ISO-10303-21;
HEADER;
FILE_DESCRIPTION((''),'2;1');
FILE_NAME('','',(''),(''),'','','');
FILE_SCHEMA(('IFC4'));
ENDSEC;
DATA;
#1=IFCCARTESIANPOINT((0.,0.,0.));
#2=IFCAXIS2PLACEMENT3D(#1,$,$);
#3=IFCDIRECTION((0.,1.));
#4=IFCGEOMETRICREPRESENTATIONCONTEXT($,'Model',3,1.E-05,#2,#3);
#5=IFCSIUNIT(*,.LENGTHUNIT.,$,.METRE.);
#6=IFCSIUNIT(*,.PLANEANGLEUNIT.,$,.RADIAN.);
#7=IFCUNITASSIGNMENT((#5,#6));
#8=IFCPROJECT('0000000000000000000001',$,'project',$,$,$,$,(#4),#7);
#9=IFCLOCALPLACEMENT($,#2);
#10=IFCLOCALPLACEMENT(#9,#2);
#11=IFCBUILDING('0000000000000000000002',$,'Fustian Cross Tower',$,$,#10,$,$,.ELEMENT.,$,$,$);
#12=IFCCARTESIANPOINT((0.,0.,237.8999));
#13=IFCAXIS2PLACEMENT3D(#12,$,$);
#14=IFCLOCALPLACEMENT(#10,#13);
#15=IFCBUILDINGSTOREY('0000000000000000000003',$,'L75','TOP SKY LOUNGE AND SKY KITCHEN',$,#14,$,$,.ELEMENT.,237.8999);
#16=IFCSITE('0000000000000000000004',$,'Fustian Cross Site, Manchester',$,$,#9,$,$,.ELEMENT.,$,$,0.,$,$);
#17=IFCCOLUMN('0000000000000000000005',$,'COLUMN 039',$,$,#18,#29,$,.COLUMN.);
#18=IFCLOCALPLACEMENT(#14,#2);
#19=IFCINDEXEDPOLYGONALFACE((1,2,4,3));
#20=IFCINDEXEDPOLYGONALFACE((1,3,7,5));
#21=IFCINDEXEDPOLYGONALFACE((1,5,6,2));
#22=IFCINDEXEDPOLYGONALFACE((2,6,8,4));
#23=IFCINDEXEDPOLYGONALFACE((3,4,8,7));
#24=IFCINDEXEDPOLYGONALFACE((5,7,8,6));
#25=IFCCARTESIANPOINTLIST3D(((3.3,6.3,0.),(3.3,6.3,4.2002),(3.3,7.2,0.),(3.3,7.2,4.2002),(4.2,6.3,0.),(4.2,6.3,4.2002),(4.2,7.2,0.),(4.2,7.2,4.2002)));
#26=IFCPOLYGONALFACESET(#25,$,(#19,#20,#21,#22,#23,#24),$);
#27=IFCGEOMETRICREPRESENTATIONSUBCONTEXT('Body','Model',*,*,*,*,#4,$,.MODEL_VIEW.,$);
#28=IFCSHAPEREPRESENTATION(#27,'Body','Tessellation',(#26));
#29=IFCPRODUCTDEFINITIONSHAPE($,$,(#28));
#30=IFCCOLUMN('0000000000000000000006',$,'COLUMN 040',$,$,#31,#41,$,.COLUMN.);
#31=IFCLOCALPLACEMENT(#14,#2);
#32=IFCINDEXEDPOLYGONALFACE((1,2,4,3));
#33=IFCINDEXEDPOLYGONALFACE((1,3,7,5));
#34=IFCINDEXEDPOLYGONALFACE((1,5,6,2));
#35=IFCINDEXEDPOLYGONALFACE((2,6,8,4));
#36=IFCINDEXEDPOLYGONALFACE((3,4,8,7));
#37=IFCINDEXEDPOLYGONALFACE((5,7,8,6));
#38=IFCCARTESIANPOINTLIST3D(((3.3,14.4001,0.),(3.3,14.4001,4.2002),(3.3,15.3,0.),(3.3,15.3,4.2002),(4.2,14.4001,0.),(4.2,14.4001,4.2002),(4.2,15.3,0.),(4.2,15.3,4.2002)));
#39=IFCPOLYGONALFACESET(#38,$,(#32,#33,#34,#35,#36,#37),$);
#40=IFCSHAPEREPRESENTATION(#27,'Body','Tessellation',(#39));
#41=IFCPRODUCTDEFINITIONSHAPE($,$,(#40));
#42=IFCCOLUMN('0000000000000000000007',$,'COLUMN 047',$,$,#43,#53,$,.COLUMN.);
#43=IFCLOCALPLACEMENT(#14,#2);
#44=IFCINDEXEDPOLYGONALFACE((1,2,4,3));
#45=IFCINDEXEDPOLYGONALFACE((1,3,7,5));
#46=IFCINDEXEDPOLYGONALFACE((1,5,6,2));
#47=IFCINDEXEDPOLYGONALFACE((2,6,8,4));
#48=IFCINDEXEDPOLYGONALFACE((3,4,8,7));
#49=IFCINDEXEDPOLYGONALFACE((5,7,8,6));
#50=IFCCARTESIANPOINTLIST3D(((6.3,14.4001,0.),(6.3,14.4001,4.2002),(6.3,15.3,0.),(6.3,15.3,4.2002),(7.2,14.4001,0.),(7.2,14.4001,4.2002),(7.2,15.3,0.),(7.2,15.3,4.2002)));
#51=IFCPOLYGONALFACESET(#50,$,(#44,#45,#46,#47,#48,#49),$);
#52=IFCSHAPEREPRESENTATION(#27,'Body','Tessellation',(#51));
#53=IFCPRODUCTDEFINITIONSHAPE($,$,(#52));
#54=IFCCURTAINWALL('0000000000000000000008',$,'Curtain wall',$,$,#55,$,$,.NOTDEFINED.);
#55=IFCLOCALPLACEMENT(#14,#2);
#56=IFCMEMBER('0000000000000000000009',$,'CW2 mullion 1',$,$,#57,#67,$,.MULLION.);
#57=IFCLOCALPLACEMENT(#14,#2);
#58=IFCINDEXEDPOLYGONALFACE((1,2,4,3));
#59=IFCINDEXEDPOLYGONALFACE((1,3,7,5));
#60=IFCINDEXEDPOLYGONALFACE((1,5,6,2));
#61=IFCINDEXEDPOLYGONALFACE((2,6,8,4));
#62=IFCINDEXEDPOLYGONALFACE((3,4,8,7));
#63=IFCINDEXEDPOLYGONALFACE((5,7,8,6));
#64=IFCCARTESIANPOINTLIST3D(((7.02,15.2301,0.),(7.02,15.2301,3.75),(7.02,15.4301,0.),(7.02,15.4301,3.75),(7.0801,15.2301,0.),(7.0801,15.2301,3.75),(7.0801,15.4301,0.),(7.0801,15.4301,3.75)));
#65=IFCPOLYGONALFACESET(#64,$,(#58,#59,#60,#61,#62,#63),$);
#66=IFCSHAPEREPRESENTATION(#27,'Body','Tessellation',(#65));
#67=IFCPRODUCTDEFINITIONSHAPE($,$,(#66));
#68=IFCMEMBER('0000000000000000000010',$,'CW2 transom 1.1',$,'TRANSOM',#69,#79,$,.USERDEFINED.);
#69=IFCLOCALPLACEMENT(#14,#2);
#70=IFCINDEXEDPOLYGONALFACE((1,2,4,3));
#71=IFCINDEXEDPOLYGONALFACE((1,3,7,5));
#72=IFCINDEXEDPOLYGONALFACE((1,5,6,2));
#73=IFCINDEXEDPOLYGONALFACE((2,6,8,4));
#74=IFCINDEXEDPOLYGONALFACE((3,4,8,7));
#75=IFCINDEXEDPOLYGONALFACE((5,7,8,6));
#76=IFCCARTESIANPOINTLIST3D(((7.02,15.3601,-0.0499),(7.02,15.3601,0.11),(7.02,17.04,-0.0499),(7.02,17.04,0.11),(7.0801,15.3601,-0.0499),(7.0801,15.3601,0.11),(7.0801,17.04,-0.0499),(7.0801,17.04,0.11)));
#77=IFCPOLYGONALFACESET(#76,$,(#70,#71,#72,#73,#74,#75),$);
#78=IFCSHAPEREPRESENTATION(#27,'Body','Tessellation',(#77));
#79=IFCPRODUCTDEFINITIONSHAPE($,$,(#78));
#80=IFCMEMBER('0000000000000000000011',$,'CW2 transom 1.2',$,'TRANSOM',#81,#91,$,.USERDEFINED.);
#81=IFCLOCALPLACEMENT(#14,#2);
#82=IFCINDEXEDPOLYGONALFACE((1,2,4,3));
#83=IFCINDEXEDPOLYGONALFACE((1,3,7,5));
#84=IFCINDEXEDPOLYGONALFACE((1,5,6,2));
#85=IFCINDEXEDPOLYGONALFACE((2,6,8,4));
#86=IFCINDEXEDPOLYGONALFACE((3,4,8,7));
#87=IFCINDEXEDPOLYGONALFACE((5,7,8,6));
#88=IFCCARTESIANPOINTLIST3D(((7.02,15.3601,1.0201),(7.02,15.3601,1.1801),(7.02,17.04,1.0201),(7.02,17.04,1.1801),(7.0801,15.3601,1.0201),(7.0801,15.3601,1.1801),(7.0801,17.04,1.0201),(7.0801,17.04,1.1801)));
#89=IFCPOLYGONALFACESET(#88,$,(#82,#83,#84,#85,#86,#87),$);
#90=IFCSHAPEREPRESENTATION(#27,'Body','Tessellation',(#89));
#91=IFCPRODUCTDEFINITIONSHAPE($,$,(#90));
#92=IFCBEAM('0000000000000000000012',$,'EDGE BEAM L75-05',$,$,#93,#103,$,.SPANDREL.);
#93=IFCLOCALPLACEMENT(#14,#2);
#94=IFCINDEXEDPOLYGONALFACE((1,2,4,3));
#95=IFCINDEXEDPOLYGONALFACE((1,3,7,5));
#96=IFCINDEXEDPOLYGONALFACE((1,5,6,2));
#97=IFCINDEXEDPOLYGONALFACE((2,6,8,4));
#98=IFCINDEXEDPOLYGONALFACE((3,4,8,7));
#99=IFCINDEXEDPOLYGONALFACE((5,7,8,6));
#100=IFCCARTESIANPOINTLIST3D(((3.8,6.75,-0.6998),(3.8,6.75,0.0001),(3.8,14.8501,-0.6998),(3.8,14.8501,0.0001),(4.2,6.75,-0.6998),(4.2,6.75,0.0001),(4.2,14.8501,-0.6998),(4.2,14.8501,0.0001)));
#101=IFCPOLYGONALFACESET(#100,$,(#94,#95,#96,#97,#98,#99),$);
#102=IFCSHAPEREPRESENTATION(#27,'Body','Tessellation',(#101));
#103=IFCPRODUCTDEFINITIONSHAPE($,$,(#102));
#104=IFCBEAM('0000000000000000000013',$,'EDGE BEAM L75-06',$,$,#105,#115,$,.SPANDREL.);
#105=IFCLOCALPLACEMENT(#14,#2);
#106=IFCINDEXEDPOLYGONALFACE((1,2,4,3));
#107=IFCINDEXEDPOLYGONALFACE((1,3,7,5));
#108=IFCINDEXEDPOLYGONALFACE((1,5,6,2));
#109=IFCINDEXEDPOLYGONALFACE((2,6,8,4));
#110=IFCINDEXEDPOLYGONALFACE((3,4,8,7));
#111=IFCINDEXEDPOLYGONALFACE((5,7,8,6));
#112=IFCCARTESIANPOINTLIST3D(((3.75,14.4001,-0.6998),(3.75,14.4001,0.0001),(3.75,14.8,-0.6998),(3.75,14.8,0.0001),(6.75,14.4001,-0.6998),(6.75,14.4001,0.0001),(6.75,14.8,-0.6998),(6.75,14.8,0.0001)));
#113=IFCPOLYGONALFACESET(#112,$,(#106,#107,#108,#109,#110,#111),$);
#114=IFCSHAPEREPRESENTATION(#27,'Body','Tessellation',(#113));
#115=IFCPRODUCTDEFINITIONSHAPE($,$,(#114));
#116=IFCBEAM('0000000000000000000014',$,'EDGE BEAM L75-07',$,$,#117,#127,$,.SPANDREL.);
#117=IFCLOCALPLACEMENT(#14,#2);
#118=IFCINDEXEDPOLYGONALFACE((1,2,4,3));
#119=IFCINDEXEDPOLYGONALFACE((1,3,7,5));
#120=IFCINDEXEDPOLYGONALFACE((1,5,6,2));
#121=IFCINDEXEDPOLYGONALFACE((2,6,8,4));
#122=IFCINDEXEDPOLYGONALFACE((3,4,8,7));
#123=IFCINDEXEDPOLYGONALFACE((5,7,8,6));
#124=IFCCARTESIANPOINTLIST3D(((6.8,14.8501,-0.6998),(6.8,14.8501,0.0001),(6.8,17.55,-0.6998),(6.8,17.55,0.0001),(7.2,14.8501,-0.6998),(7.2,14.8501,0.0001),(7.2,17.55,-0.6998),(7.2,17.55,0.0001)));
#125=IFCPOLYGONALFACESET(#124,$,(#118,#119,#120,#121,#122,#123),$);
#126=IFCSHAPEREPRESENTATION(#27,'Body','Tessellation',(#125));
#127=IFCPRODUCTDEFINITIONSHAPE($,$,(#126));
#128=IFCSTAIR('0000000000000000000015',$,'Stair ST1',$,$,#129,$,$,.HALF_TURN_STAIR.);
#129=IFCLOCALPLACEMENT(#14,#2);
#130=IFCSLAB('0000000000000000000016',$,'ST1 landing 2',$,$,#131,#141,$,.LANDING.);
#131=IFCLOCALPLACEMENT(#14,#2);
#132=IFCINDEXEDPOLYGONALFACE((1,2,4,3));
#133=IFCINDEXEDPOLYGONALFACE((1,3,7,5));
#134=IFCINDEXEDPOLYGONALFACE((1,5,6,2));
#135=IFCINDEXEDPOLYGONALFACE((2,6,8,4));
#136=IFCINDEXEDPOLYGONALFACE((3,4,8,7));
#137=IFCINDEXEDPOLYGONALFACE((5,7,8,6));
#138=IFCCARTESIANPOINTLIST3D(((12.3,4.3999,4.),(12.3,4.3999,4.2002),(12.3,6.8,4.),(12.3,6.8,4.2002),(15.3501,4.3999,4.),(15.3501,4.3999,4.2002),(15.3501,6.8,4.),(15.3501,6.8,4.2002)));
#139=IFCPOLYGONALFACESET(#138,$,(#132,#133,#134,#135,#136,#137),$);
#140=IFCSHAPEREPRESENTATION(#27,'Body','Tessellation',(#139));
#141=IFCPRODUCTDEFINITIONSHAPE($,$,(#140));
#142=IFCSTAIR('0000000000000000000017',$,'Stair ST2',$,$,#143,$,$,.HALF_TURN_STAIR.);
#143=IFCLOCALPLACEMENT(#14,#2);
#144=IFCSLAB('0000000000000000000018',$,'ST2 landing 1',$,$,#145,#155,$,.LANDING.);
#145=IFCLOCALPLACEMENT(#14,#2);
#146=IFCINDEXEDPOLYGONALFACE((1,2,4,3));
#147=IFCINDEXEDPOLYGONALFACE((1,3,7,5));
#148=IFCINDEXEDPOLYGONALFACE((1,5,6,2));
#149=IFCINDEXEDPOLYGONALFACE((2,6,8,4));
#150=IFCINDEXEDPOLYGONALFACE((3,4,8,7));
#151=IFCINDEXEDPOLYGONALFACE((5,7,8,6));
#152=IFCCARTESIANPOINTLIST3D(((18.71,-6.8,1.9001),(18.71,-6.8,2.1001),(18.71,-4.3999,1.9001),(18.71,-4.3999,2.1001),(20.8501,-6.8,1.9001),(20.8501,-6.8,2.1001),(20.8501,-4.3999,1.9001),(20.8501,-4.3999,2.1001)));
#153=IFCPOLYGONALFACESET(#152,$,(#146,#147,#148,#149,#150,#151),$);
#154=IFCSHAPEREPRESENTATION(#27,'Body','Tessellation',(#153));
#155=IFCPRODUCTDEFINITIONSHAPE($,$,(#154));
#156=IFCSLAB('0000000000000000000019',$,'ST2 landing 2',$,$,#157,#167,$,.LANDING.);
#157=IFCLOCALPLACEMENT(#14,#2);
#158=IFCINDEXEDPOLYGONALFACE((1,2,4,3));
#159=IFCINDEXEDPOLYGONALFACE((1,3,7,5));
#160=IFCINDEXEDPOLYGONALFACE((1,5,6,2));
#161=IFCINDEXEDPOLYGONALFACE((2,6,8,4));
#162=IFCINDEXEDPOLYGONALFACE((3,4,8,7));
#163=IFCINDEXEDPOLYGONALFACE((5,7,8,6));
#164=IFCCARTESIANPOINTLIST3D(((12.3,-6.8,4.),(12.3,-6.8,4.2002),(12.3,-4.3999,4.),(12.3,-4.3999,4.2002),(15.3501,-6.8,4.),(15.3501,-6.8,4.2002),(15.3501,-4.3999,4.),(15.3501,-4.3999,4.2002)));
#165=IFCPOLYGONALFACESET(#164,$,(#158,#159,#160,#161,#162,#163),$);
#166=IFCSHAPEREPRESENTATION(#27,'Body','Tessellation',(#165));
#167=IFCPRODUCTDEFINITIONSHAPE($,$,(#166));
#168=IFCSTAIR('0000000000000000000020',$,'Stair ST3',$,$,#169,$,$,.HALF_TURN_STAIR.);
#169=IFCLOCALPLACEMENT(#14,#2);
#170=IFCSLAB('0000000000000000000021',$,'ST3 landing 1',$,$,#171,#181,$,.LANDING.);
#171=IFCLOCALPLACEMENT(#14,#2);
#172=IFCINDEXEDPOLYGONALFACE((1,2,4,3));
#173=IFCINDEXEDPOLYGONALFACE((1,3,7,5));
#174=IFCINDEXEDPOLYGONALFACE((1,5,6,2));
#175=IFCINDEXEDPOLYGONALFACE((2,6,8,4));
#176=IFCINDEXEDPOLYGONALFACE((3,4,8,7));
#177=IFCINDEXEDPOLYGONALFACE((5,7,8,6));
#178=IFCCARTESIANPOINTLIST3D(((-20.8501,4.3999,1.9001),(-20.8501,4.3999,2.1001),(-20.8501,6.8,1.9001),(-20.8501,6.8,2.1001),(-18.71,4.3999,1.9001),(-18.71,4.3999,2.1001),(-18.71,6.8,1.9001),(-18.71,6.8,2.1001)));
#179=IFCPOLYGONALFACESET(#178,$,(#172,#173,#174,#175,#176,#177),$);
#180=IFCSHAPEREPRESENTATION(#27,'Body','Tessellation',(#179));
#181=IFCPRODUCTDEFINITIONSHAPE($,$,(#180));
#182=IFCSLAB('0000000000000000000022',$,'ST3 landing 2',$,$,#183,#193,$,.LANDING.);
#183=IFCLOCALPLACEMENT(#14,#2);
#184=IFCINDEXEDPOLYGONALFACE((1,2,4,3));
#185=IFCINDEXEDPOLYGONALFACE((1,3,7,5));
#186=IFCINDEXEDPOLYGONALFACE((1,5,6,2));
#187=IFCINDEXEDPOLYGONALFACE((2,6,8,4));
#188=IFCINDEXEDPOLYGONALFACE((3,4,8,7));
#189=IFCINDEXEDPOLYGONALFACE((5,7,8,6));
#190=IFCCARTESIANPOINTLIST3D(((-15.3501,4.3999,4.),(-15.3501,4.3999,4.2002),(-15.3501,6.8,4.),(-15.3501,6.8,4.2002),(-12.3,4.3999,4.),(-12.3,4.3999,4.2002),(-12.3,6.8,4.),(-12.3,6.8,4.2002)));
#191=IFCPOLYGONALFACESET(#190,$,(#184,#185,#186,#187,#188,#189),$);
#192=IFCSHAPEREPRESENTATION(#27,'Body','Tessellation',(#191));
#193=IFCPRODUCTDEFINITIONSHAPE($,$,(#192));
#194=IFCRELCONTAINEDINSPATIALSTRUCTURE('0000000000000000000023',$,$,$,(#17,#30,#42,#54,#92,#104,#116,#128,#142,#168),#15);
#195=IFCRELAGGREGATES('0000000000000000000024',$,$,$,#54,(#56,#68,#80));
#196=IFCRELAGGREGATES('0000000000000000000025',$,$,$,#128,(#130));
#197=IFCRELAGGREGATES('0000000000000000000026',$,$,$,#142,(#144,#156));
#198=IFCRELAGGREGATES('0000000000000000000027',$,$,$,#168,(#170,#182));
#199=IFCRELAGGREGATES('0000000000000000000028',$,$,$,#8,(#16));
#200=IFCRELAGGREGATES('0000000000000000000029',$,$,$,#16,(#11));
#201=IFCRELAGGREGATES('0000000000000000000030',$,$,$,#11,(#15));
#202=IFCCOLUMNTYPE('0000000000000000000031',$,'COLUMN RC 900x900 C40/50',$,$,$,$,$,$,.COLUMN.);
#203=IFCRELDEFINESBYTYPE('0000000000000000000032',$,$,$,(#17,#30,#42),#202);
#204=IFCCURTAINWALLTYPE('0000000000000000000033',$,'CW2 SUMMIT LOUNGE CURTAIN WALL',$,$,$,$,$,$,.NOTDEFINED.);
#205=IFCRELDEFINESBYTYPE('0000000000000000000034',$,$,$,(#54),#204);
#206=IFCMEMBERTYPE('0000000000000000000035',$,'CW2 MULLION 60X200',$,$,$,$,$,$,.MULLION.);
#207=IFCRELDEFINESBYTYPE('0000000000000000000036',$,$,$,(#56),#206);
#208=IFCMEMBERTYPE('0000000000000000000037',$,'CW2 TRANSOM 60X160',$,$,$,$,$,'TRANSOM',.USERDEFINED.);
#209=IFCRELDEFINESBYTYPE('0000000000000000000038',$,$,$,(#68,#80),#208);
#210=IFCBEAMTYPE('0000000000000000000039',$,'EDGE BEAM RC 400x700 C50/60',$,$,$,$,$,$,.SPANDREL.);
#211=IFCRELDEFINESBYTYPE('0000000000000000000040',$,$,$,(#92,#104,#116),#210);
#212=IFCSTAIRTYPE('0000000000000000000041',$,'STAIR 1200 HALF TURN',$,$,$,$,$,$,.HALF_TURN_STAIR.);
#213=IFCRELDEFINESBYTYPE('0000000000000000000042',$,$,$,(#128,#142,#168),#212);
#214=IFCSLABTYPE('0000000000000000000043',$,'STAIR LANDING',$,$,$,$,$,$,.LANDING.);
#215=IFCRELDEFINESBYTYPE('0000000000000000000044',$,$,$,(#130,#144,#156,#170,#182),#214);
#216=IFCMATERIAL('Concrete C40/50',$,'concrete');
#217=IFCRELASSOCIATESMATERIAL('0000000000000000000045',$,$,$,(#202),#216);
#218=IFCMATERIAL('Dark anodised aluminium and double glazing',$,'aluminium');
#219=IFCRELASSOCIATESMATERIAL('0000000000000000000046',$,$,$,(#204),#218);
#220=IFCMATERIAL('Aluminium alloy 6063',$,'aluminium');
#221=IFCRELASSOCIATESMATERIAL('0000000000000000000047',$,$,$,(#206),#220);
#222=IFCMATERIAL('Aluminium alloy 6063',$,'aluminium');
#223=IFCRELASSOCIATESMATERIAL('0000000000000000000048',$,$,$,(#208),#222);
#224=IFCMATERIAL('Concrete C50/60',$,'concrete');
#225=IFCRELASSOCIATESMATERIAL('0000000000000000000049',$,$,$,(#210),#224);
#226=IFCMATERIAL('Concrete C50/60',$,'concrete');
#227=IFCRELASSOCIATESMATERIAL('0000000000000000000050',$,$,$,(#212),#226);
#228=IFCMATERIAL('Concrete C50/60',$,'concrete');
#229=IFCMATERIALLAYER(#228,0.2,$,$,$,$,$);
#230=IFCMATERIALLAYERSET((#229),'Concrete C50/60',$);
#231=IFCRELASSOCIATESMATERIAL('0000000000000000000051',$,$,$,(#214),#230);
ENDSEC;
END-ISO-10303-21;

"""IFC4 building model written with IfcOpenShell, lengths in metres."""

from ifc_helpers import new_model, si_unit, direction, frame, origin, origin_2d, place, context, subcontext, project, spatial, polyline, rectangle, outline, extrude, material, layer, layer_set, material_profile, profile_set, type_object, element, aggregate, save


model = new_model("IFC4")

# Units and contexts
model_context = context("Model", 3, precision=1e-05, world=origin(), true_north=direction((0.0, 1.0)))
body_context = subcontext(model_context, "Body", "Model", "MODEL_VIEW")
ifc_project = project(units=[si_unit("LENGTHUNIT", "METRE"), si_unit("PLANEANGLEUNIT", "RADIAN")], contexts=[model_context])

# Site, building, storey
site_placement = place(None, origin())
site = spatial("IfcSite", under=ifc_project, at=site_placement, Name="Fustian Cross Site, Manchester", CompositionType="ELEMENT", RefElevation=0.0)
building_placement = place(site_placement, origin())
building = spatial("IfcBuilding", under=site, at=building_placement, Name="Fustian Cross Tower", CompositionType="ELEMENT")
storey_placement = place(building_placement, frame((0.0, 0.0, 237.8999)))
storey = spatial("IfcBuildingStorey", under=building, at=storey_placement, Name="L75", Description="TOP SKY LOUNGE AND SKY KITCHEN", CompositionType="ELEMENT", Elevation=237.8999)

# Columns
ifc_material_1 = material(Name="Concrete C40/50", Category="concrete")
ifc_material_profile_1 = material_profile(ifc_material_1, rectangle(XDim=0.8999, YDim=0.8999, at=origin_2d()), Name="RC 900x900")
ifc_profile_set_1 = profile_set([ifc_material_profile_1], Name="Concrete C40/50")
column_type = type_object("IfcColumnType", Name="COLUMN RC 900x900 C40/50", PredefinedType="COLUMN", material=ifc_profile_set_1)
for number, where, z_axis, x_axis, name in (
    (1, (3.75, 6.75, 0.0), (0.0, 0.0, 1.0), (1.0, 0.0, 0.0), "COLUMN 039"),
    (2, (3.75, 14.8501, 0.0), (0.0, 0.0, 1.0), (1.0, 0.0, 0.0), "COLUMN 040"),
    (3, (6.75, 14.8501, 0.0), (0.0, 0.0, 1.0), (1.0, 0.0, 0.0), "COLUMN 047"),
):
    element("IfcColumn", number, at=place(storey_placement, frame(where, z_axis=z_axis, x_axis=x_axis)), inside=storey, type_object=column_type, Name=name, PredefinedType="COLUMN", context=body_context, shape_type="SweptSolid", body=[
        extrude(rectangle(XDim=0.8999, YDim=0.8999, at=origin_2d()), origin(), (0.0, 0.0, 1.0), 4.2002),
    ])

# Curtain wall, members
ifc_material_2 = material(Name="Dark anodised aluminium and double glazing", Category="aluminium")
curtain_wall_type = type_object("IfcCurtainWallType", Name="CW2 SUMMIT LOUNGE CURTAIN WALL", PredefinedType="NOTDEFINED", material=ifc_material_2)
curtain_wall_placement = place(storey_placement, origin())
curtain_wall = element("IfcCurtainWall", 4, at=curtain_wall_placement, inside=storey, type_object=curtain_wall_type, Name="Curtain wall", PredefinedType="NOTDEFINED")
ifc_material_3 = material(Name="Aluminium alloy 6063", Category="aluminium")
ifc_material_profile_2 = material_profile(ifc_material_3, rectangle(XDim=0.0601, YDim=0.2, at=origin_2d()), Name="CW2 MULLION 60X200")
ifc_profile_set_2 = profile_set([ifc_material_profile_2], Name="Aluminium alloy 6063")
member_type_1 = type_object("IfcMemberType", Name="CW2 MULLION 60X200", PredefinedType="MULLION", material=ifc_profile_set_2)
member_1_placement = place(storey_placement, frame((7.05, 15.3301, 0.0), z_axis=(0.0, 0.0, 1.0), x_axis=(-1.0, 0.0, 0.0)))
member_1 = element("IfcMember", 5, at=member_1_placement, type_object=member_type_1, Name="CW2 mullion 1", PredefinedType="MULLION", context=body_context, shape_type="SweptSolid", body=[
    extrude(rectangle(XDim=0.0601, YDim=0.2, at=origin_2d()), origin(), (0.0, 0.0, 1.0), 3.75),
])
ifc_material_4 = material(Name="Aluminium alloy 6063", Category="aluminium")
ifc_material_profile_3 = material_profile(ifc_material_4, rectangle(XDim=0.0601, YDim=0.1599, at=origin_2d()), Name="CW2 TRANSOM 60X160")
ifc_profile_set_3 = profile_set([ifc_material_profile_3], Name="Aluminium alloy 6063")
member_type_2 = type_object("IfcMemberType", Name="CW2 TRANSOM 60X160", ElementType="TRANSOM", PredefinedType="USERDEFINED", material=ifc_profile_set_3)
member_2_placement = place(storey_placement, frame((7.05, 15.3601, 0.03), z_axis=(0.0, 1.0, 0.0), x_axis=(-1.0, 0.0, 0.0)))
member_2 = element("IfcMember", 6, at=member_2_placement, type_object=member_type_2, Name="CW2 transom 1.1", ObjectType="TRANSOM", PredefinedType="USERDEFINED", context=body_context, shape_type="SweptSolid", body=[
    extrude(rectangle(XDim=0.0601, YDim=0.1599, at=origin_2d()), origin(), (0.0, 0.0, 1.0), 1.6799),
])
member_3_placement = place(storey_placement, frame((7.05, 15.3601, 1.1001), z_axis=(0.0, 1.0, 0.0), x_axis=(-1.0, 0.0, 0.0)))
member_3 = element("IfcMember", 7, at=member_3_placement, type_object=member_type_2, Name="CW2 transom 1.2", ObjectType="TRANSOM", PredefinedType="USERDEFINED", context=body_context, shape_type="SweptSolid", body=[
    extrude(rectangle(XDim=0.0601, YDim=0.1599, at=origin_2d()), origin(), (0.0, 0.0, 1.0), 1.6799),
])
aggregate(curtain_wall, [member_1, member_2, member_3])

# Beams
ifc_material_5 = material(Name="Concrete C50/60", Category="concrete")
ifc_material_profile_4 = material_profile(ifc_material_5, rectangle(XDim=0.3999, YDim=0.7, at=origin_2d()), Name="RC 400x700")
ifc_profile_set_4 = profile_set([ifc_material_profile_4], Name="Concrete C50/60")
beam_type = type_object("IfcBeamType", Name="EDGE BEAM RC 400x700 C50/60", PredefinedType="SPANDREL", material=ifc_profile_set_4)
beam_1_placement = place(storey_placement, frame((4.0, 6.75, -0.3499), z_axis=(0.0, 1.0, 0.0), x_axis=(-1.0, 0.0, 0.0)))
element("IfcBeam", 8, at=beam_1_placement, inside=storey, type_object=beam_type, Name="EDGE BEAM L75-05", PredefinedType="SPANDREL", context=body_context, shape_type="SweptSolid", body=[
    extrude(rectangle(XDim=0.3999, YDim=0.7, at=origin_2d()), origin(), (0.0, 0.0, 1.0), 8.1001),
])
beam_2_placement = place(storey_placement, frame((3.75, 14.6001, -0.3499), z_axis=(1.0, 0.0, 0.0), x_axis=(0.0, 1.0, 0.0)))
element("IfcBeam", 9, at=beam_2_placement, inside=storey, type_object=beam_type, Name="EDGE BEAM L75-06", PredefinedType="SPANDREL", context=body_context, shape_type="SweptSolid", body=[
    extrude(rectangle(XDim=0.3999, YDim=0.7, at=origin_2d()), origin(), (0.0, 0.0, 1.0), 3.0),
])
beam_3_placement = place(storey_placement, frame((7.0, 14.8501, -0.3499), z_axis=(0.0, 1.0, 0.0), x_axis=(-1.0, 0.0, 0.0)))
element("IfcBeam", 10, at=beam_3_placement, inside=storey, type_object=beam_type, Name="EDGE BEAM L75-07", PredefinedType="SPANDREL", context=body_context, shape_type="SweptSolid", body=[
    extrude(rectangle(XDim=0.3999, YDim=0.7, at=origin_2d()), origin(), (0.0, 0.0, 1.0), 2.7),
])

# Stair, slab
ifc_material_6 = material(Name="Concrete C50/60", Category="concrete")
stair_type = type_object("IfcStairType", Name="STAIR 1200 HALF TURN", PredefinedType="HALF_TURN_STAIR", material=ifc_material_6)
stair_1_placement = place(storey_placement, origin())
stair_1 = element("IfcStair", 11, at=stair_1_placement, inside=storey, type_object=stair_type, Name="Stair ST1", PredefinedType="HALF_TURN_STAIR")
ifc_material_7 = material(Name="Concrete C50/60", Category="concrete")
ifc_layer_1 = layer(ifc_material_7, 0.2)
ifc_layer_set_1 = layer_set([ifc_layer_1], Name="Concrete C50/60")
slab_type = type_object("IfcSlabType", Name="STAIR LANDING", PredefinedType="LANDING", material=ifc_layer_set_1)
slab_1_placement = place(storey_placement, frame((0.0, 0.0, 4.0)))
slab_1 = element("IfcSlab", 12, at=slab_1_placement, type_object=slab_type, Name="ST1 landing 2", PredefinedType="LANDING", context=body_context, shape_type="SweptSolid", body=[
    extrude(outline(polyline([(12.3, 4.3999), (15.3501, 4.3999), (15.3501, 6.8), (12.3, 6.8), (12.3, 4.3999)])), origin(), (0.0, 0.0, 1.0), 0.2002),
])
aggregate(stair_1, [slab_1])

# Stairs, slabs
stair_2_placement = place(storey_placement, origin())
stair_2 = element("IfcStair", 13, at=stair_2_placement, inside=storey, type_object=stair_type, Name="Stair ST2", PredefinedType="HALF_TURN_STAIR")
slab_2_placement = place(storey_placement, frame((0.0, 0.0, 1.9001)))
slab_2 = element("IfcSlab", 14, at=slab_2_placement, type_object=slab_type, Name="ST2 landing 1", PredefinedType="LANDING", context=body_context, shape_type="SweptSolid", body=[
    extrude(outline(polyline([(18.71, -4.3999), (20.8501, -4.3999), (20.8501, -6.8), (18.71, -6.8), (18.71, -4.3999)])), origin(), (0.0, 0.0, 1.0), 0.2),
])
slab_3_placement = place(storey_placement, frame((0.0, 0.0, 4.0)))
slab_3 = element("IfcSlab", 15, at=slab_3_placement, type_object=slab_type, Name="ST2 landing 2", PredefinedType="LANDING", context=body_context, shape_type="SweptSolid", body=[
    extrude(outline(polyline([(12.3, -4.3999), (15.3501, -4.3999), (15.3501, -6.8), (12.3, -6.8), (12.3, -4.3999)])), origin(), (0.0, 0.0, 1.0), 0.2002),
])
aggregate(stair_2, [slab_2, slab_3])
stair_3_placement = place(storey_placement, origin())
stair_3 = element("IfcStair", 16, at=stair_3_placement, inside=storey, type_object=stair_type, Name="Stair ST3", PredefinedType="HALF_TURN_STAIR")
slab_4_placement = place(storey_placement, frame((0.0, 0.0, 1.9001)))
slab_4 = element("IfcSlab", 17, at=slab_4_placement, type_object=slab_type, Name="ST3 landing 1", PredefinedType="LANDING", context=body_context, shape_type="SweptSolid", body=[
    extrude(outline(polyline([(-18.71, 4.3999), (-20.8501, 4.3999), (-20.8501, 6.8), (-18.71, 6.8), (-18.71, 4.3999)])), origin(), (0.0, 0.0, 1.0), 0.2),
])
slab_5_placement = place(storey_placement, frame((0.0, 0.0, 4.0)))
slab_5 = element("IfcSlab", 18, at=slab_5_placement, type_object=slab_type, Name="ST3 landing 2", PredefinedType="LANDING", context=body_context, shape_type="SweptSolid", body=[
    extrude(outline(polyline([(-12.3, 4.3999), (-15.3501, 4.3999), (-15.3501, 6.8), (-12.3, 6.8), (-12.3, 4.3999)])), origin(), (0.0, 0.0, 1.0), 0.2002),
])
aggregate(stair_3, [slab_4, slab_5])

save(model, "model.ifc")
